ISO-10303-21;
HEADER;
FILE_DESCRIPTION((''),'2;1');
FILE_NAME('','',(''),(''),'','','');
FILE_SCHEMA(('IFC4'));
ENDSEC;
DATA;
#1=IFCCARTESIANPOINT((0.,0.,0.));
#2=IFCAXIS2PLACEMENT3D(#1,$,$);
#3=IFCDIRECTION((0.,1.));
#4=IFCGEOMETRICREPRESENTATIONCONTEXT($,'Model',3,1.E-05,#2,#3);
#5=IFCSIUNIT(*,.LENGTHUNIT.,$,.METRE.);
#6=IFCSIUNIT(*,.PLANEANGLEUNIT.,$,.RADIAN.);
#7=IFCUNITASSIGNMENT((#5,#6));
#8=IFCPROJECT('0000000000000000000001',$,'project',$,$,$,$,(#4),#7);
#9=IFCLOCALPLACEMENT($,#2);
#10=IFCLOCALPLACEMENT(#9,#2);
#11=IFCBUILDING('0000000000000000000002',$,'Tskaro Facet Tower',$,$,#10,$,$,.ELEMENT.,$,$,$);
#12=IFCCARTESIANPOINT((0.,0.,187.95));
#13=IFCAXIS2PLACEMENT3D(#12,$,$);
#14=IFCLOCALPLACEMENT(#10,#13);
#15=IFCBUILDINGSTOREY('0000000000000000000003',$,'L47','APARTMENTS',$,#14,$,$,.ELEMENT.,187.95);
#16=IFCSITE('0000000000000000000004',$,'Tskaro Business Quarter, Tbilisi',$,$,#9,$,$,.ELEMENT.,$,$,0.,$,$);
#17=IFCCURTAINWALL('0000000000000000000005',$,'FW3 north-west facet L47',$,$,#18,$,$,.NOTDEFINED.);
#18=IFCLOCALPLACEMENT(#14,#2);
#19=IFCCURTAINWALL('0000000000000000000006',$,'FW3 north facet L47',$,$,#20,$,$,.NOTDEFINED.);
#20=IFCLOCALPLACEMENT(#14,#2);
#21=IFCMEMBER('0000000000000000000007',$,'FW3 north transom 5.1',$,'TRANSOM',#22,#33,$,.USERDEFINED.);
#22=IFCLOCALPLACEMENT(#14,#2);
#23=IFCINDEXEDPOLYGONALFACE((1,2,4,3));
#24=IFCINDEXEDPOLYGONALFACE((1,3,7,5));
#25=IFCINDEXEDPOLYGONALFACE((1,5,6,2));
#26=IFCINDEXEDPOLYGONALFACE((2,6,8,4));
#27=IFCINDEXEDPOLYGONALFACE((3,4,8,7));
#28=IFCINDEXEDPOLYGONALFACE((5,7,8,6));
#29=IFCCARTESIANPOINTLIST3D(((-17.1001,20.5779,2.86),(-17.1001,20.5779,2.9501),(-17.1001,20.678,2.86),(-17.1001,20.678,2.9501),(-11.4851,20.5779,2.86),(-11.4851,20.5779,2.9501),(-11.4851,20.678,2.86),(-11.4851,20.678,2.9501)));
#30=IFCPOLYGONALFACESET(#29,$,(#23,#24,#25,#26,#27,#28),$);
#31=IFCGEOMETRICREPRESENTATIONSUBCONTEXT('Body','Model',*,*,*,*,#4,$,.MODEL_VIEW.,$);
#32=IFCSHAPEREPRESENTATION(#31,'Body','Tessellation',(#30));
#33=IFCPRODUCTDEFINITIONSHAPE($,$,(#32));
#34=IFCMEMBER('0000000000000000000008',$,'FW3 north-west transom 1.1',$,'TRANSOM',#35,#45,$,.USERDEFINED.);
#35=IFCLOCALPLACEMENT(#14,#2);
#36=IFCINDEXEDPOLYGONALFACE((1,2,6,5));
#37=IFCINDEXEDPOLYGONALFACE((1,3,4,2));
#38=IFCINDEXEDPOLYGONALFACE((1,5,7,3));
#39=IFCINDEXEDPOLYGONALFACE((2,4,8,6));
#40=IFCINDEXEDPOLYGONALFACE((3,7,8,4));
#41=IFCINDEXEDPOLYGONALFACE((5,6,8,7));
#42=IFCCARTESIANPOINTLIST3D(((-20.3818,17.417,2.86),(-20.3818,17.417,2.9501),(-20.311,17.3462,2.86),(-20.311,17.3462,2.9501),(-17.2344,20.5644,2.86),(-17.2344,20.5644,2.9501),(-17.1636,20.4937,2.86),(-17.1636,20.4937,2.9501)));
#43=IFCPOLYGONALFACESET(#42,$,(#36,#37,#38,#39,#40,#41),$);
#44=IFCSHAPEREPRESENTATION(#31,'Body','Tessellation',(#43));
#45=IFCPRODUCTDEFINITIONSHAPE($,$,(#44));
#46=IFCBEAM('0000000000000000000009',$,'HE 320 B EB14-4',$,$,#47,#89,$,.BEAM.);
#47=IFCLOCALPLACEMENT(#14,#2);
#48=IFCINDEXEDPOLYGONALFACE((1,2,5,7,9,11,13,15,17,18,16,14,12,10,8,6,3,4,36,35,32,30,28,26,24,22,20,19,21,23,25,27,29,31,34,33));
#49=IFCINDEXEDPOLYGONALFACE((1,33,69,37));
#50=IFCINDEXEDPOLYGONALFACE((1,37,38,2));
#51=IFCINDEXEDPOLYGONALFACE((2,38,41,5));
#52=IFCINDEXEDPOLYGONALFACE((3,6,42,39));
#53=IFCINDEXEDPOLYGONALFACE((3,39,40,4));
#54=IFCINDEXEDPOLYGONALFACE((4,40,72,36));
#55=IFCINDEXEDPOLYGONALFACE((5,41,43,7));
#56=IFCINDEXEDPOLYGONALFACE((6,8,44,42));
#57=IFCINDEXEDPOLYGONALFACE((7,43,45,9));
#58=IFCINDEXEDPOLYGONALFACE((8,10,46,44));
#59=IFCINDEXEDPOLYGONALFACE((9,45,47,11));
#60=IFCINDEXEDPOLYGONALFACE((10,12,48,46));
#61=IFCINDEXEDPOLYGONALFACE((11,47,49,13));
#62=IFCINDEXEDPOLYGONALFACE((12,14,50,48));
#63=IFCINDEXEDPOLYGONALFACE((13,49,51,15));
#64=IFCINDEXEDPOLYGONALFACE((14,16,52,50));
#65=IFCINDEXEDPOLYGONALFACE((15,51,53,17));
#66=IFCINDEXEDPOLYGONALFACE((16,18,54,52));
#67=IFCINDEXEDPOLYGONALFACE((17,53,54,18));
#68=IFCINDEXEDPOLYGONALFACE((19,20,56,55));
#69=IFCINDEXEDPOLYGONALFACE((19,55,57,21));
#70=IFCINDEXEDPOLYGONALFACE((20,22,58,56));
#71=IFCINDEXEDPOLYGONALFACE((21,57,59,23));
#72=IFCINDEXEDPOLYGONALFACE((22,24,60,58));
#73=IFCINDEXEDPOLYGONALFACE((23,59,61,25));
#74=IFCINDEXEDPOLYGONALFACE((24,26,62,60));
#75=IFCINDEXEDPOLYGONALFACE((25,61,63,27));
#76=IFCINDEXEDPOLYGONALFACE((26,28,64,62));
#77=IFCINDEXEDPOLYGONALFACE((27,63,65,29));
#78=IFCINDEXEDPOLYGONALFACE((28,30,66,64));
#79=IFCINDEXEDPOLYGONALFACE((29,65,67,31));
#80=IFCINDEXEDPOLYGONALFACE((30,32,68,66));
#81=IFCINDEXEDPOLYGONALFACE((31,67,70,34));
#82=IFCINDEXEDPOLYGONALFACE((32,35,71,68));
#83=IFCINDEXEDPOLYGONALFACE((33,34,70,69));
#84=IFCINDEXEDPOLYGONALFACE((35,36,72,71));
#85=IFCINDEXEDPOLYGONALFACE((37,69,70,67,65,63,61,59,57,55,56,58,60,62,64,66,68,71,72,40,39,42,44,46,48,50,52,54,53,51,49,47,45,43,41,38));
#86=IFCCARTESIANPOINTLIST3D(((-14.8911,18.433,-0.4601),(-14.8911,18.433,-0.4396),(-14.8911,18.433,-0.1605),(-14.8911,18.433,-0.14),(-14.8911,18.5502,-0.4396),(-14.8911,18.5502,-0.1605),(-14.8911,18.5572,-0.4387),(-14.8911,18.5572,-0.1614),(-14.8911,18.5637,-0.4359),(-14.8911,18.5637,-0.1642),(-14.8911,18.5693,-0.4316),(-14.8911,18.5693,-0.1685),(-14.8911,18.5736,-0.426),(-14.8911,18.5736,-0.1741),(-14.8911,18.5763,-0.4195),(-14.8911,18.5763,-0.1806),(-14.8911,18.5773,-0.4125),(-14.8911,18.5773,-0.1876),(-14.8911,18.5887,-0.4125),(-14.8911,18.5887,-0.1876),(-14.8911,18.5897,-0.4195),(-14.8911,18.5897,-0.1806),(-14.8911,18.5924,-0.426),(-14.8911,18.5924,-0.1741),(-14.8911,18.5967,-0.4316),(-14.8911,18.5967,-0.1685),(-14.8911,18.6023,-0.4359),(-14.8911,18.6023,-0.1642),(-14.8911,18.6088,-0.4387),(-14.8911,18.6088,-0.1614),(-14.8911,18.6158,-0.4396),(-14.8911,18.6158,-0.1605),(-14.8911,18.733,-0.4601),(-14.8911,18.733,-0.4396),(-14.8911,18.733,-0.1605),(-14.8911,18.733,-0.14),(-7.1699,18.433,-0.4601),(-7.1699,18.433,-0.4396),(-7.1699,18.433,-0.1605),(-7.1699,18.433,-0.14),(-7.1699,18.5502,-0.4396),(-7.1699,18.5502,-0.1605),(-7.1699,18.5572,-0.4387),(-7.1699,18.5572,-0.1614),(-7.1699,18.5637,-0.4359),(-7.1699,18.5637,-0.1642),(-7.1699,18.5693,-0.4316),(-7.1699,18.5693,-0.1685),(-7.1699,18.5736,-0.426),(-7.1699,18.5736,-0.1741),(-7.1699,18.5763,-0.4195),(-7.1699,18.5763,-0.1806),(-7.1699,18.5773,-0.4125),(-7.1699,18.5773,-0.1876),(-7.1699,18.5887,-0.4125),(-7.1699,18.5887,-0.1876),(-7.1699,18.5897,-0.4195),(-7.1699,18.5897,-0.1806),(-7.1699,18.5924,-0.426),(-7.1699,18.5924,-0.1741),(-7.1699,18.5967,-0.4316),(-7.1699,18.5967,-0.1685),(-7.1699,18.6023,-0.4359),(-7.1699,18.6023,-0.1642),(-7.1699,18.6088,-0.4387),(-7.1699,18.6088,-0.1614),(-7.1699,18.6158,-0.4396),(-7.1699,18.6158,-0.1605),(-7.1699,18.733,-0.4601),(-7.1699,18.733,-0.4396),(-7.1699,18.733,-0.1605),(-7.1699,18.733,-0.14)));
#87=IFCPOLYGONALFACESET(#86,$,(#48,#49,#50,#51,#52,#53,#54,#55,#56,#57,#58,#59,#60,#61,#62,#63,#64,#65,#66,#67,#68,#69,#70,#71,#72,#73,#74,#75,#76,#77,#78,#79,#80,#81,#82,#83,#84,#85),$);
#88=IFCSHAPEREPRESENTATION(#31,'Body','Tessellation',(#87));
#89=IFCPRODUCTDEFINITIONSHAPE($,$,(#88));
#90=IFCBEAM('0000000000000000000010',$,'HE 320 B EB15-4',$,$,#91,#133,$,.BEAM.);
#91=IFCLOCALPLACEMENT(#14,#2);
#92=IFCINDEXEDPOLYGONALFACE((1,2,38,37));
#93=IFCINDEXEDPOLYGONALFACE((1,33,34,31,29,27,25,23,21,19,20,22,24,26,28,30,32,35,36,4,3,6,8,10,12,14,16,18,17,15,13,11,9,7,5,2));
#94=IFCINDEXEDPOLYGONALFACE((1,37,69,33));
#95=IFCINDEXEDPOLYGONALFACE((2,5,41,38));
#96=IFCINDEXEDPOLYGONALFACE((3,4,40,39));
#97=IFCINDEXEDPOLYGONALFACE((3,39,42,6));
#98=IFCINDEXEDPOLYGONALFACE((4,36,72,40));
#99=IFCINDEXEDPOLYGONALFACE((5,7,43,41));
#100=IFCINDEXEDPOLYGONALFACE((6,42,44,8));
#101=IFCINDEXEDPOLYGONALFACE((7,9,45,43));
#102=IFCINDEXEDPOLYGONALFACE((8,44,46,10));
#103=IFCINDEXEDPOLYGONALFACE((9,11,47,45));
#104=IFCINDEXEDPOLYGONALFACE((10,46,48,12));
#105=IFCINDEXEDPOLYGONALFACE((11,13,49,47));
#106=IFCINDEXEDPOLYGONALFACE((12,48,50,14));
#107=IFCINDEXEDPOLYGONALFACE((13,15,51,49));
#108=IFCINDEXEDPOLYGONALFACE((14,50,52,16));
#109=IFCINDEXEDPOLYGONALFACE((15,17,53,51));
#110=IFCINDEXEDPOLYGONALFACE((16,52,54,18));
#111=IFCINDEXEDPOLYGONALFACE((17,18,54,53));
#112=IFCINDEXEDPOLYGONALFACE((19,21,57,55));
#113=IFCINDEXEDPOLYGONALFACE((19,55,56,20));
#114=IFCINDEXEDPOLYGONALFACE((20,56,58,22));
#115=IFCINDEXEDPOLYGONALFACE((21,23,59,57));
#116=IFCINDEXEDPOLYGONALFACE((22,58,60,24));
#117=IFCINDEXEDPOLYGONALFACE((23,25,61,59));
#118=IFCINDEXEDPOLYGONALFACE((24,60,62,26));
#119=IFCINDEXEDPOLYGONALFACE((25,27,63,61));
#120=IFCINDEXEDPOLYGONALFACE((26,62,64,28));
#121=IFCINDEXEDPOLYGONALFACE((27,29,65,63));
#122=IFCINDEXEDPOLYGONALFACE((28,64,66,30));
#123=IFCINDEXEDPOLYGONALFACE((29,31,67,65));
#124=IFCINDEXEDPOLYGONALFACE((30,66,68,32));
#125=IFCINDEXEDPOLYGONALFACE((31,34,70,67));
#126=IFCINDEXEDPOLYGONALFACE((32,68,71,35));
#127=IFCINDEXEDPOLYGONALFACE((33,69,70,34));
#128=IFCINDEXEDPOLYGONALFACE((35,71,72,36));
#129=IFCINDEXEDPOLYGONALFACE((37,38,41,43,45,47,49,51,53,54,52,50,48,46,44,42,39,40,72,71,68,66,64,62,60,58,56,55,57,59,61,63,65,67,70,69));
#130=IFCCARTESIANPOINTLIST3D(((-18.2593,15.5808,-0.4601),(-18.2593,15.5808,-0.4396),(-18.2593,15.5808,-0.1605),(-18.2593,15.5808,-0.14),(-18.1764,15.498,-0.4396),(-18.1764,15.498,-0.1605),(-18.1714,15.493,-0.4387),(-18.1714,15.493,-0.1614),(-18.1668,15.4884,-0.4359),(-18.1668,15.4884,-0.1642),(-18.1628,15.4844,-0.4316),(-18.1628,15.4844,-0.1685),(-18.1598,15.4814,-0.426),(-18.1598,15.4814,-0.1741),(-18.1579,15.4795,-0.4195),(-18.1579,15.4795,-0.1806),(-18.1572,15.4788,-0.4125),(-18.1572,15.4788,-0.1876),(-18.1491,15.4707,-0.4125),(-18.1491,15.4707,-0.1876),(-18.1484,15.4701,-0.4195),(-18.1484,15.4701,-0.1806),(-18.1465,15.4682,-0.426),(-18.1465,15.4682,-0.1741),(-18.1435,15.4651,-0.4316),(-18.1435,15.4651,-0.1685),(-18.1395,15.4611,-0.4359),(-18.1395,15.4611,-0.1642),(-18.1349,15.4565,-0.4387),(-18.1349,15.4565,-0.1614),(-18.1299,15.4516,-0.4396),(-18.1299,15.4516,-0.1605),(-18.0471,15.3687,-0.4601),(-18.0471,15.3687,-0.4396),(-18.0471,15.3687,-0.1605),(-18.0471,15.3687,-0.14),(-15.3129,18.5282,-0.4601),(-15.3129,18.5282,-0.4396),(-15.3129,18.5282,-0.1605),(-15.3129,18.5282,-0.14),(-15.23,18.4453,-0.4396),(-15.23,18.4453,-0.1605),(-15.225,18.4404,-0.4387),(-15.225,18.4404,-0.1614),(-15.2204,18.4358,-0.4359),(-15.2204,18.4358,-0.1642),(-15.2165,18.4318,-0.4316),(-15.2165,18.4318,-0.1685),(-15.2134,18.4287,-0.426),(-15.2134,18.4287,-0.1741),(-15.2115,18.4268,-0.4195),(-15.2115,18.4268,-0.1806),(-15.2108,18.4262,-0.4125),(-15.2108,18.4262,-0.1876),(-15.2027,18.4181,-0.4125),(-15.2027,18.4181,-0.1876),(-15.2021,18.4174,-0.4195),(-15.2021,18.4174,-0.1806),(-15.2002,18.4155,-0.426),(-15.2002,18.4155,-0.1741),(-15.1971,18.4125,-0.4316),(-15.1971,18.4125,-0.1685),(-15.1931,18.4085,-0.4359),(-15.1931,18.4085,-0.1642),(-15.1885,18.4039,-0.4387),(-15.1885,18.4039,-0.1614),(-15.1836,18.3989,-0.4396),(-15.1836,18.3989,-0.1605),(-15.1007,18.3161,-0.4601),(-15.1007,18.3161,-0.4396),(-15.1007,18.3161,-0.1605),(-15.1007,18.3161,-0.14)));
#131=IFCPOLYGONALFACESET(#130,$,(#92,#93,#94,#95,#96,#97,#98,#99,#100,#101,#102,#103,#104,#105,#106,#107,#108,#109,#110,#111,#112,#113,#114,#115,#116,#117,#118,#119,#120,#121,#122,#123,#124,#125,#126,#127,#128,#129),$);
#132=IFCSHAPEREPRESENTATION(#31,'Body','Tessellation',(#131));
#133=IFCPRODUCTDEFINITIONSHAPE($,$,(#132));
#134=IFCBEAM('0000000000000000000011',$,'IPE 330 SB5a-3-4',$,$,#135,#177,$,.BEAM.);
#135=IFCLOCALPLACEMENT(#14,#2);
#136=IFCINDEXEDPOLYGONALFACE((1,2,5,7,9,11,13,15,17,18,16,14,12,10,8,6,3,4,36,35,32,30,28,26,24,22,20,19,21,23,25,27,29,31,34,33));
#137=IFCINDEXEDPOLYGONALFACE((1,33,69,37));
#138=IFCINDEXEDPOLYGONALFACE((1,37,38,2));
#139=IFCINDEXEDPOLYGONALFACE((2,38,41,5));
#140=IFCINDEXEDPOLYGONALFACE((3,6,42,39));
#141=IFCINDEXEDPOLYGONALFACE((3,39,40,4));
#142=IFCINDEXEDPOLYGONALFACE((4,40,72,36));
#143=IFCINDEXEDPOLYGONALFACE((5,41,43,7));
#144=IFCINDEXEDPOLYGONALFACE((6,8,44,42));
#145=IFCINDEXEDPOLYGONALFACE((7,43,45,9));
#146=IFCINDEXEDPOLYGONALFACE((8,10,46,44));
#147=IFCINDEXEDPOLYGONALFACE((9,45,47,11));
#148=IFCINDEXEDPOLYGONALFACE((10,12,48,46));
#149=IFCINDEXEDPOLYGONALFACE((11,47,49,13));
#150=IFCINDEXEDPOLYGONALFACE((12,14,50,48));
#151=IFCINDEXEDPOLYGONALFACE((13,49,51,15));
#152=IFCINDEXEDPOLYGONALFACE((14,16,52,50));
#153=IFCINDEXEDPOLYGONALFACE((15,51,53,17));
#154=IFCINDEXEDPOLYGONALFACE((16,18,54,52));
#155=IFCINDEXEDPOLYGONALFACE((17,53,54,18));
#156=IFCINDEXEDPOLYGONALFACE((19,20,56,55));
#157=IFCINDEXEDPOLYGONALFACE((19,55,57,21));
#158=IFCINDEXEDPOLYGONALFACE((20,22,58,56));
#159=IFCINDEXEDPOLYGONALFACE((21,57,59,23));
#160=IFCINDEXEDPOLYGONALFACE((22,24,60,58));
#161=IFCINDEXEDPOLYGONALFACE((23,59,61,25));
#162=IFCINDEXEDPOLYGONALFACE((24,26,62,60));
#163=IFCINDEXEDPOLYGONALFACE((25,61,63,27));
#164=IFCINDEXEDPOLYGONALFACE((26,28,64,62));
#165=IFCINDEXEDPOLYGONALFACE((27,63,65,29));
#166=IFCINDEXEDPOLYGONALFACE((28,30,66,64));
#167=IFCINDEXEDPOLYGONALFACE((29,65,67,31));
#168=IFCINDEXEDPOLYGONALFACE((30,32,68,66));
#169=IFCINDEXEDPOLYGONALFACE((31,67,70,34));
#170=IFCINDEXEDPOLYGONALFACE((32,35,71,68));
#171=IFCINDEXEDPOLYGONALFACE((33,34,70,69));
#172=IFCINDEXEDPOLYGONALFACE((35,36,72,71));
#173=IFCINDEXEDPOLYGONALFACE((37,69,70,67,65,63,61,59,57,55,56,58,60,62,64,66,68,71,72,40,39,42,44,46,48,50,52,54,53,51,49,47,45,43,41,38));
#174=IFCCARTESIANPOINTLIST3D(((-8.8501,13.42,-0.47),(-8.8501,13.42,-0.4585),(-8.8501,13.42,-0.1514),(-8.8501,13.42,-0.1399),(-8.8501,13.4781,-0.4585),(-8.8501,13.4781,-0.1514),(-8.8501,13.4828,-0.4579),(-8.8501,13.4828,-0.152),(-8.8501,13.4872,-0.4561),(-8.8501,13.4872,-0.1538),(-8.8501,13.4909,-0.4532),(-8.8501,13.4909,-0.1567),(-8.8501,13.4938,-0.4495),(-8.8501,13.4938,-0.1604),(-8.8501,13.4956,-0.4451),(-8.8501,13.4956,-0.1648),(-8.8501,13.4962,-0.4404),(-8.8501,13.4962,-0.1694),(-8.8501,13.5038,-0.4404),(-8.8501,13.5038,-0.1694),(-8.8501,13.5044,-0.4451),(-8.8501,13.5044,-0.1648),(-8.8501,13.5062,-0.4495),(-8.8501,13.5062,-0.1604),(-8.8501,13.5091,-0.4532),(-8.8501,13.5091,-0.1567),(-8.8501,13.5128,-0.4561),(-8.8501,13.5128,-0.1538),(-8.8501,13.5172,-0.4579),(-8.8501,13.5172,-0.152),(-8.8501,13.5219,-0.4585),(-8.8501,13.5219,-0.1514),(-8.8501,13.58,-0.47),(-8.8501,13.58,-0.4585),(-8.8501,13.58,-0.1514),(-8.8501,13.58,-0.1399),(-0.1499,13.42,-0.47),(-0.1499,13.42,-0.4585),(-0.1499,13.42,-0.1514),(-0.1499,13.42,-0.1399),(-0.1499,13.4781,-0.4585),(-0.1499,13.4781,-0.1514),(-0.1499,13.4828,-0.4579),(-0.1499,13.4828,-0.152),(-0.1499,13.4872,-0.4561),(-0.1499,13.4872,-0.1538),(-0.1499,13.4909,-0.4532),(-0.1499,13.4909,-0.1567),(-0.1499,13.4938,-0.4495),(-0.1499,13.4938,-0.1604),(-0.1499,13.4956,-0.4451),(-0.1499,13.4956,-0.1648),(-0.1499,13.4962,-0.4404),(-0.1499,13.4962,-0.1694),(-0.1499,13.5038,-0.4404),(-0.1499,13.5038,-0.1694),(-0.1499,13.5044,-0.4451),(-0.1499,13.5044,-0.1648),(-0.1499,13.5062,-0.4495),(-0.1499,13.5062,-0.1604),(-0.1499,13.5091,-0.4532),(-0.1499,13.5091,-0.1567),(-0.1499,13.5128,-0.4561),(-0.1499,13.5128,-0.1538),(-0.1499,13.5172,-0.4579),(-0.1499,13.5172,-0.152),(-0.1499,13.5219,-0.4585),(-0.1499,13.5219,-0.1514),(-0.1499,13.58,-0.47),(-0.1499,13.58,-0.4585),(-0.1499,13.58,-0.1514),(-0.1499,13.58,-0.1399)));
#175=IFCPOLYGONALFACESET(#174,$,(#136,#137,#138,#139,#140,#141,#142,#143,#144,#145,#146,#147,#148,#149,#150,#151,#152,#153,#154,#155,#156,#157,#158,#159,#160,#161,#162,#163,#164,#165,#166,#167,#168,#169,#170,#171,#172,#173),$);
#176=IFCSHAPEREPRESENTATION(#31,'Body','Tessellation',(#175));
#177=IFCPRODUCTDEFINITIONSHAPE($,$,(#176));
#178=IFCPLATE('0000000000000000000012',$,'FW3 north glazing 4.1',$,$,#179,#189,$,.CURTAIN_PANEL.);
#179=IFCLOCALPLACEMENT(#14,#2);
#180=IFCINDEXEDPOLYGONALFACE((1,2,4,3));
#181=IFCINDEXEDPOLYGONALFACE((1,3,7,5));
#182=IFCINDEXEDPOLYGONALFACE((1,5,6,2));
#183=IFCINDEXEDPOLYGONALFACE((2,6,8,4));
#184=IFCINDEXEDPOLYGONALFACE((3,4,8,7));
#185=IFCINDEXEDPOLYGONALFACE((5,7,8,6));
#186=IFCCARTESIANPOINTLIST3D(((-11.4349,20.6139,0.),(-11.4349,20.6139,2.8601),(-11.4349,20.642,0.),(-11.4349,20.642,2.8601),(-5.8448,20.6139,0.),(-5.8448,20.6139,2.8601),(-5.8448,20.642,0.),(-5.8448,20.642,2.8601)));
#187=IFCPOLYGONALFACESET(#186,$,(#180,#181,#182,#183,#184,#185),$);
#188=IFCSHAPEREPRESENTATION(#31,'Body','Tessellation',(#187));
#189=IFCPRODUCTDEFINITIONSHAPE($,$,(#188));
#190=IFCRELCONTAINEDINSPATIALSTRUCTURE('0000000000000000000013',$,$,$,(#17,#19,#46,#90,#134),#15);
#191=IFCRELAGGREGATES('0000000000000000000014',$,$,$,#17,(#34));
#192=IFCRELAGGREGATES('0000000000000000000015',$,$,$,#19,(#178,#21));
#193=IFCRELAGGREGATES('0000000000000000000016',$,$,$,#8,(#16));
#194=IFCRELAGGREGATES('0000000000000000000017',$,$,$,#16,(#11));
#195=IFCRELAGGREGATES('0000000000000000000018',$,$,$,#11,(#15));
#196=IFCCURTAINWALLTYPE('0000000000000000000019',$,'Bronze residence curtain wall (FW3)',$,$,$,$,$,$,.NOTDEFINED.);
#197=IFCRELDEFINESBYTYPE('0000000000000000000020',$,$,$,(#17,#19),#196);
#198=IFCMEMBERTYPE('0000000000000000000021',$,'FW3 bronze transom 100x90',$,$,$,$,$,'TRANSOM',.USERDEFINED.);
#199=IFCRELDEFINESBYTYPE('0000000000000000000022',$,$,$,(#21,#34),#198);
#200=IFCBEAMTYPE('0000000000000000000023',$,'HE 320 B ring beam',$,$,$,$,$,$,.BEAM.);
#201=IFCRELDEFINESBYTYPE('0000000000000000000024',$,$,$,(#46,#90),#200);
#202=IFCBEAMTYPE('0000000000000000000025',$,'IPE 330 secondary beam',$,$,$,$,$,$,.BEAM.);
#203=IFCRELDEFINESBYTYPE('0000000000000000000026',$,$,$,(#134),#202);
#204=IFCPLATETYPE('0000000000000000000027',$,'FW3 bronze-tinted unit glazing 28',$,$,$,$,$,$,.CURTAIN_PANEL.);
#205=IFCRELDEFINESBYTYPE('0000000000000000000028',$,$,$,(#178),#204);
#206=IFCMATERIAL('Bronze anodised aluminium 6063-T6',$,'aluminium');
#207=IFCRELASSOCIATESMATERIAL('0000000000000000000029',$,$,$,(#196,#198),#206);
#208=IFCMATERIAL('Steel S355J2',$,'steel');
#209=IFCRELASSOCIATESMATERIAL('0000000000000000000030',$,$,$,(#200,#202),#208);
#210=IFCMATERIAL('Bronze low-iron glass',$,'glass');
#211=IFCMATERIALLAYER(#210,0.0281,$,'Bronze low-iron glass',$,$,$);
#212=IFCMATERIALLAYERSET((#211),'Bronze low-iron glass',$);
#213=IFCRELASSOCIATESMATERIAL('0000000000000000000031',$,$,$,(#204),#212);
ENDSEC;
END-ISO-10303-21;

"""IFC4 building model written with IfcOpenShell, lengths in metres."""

from ifc_helpers import new_model, si_unit, direction, frame, origin, origin_2d, place, context, subcontext, project, spatial, rectangle, i_section, extrude, material, layer, layer_set, material_profile, profile_set, type_object, element, aggregate, save


model = new_model("IFC4")

# Units and contexts
model_context = context("Model", 3, precision=1e-05, world=origin(), true_north=direction((0.0, 1.0)))
body_context = subcontext(model_context, "Body", "Model", "MODEL_VIEW")
ifc_project = project(units=[si_unit("LENGTHUNIT", "METRE"), si_unit("PLANEANGLEUNIT", "RADIAN")], contexts=[model_context])

# Site, building, storey
site_placement = place(None, origin())
site = spatial("IfcSite", under=ifc_project, at=site_placement, Name="Tskaro Business Quarter, Tbilisi", CompositionType="ELEMENT", RefElevation=0.0)
building_placement = place(site_placement, origin())
building = spatial("IfcBuilding", under=site, at=building_placement, Name="Tskaro Facet Tower", CompositionType="ELEMENT")
storey_placement = place(building_placement, frame((0.0, 0.0, 187.95)))
storey = spatial("IfcBuildingStorey", under=building, at=storey_placement, Name="L47", Description="APARTMENTS", CompositionType="ELEMENT", Elevation=187.95)

# Curtain wall
ifc_material_1 = material(Name="Bronze anodised aluminium 6063-T6", Category="aluminium")
curtain_wall_type = type_object("IfcCurtainWallType", Name="Bronze residence curtain wall (FW3)", PredefinedType="NOTDEFINED", material=ifc_material_1)
curtain_wall_1_placement = place(storey_placement, origin())
curtain_wall_1 = element("IfcCurtainWall", 1, at=curtain_wall_1_placement, inside=storey, type_object=curtain_wall_type, Name="FW3 north-west facet L47", PredefinedType="NOTDEFINED")

# Curtain wall, member
curtain_wall_2_placement = place(storey_placement, origin())
curtain_wall_2 = element("IfcCurtainWall", 2, at=curtain_wall_2_placement, inside=storey, type_object=curtain_wall_type, Name="FW3 north facet L47", PredefinedType="NOTDEFINED")
ifc_material_profile_1 = material_profile(ifc_material_1, rectangle(XDim=0.1001, YDim=0.0901, at=origin_2d()), Name="Transom 100x90")
ifc_profile_set_1 = profile_set([ifc_material_profile_1], Name="Bronze anodised aluminium 6063-T6")
member_type_1 = type_object("IfcMemberType", Name="FW3 bronze transom 100x90", ElementType="TRANSOM", PredefinedType="USERDEFINED", material=ifc_profile_set_1)
member_1_placement = place(storey_placement, frame((-11.4851, 20.6279, 2.905), z_axis=(-1.0, 0.0, 0.0), x_axis=(0.0, -1.0, 0.0)))
member_1 = element("IfcMember", 3, at=member_1_placement, type_object=member_type_1, Name="FW3 north transom 5.1", ObjectType="TRANSOM", PredefinedType="USERDEFINED", context=body_context, shape_type="SweptSolid", body=[
    extrude(rectangle(XDim=0.1001, YDim=0.0901, at=origin_2d()), origin(), (0.0, 0.0, 1.0), 5.615),
])

# Member
member_2_placement = place(storey_placement, frame((-17.199, 20.5291, 2.905), z_axis=(-0.707107, -0.707107, 0.0), x_axis=(0.707107, -0.707107, 0.0)))
member_2 = element("IfcMember", 4, at=member_2_placement, type_object=member_type_1, Name="FW3 north-west transom 1.1", ObjectType="TRANSOM", PredefinedType="USERDEFINED", context=body_context, shape_type="SweptSolid", body=[
    extrude(rectangle(XDim=0.1001, YDim=0.0901, at=origin_2d()), origin(), (0.0, 0.0, 1.0), 4.4512),
])
aggregate(curtain_wall_1, [member_2])

# Beams
ifc_material_2 = material(Name="Steel S355J2", Category="steel")
ifc_material_profile_2 = material_profile(ifc_material_2, i_section(OverallWidth=0.3, OverallDepth=0.3201, WebThickness=0.0115, FlangeThickness=0.0205, FilletRadius=0.0271, at=origin_2d()), Name="HE 320 B")
ifc_profile_set_2 = profile_set([ifc_material_profile_2], Name="Steel S355J2")
beam_type_1 = type_object("IfcBeamType", Name="HE 320 B ring beam", PredefinedType="BEAM", material=ifc_profile_set_2)
beam_1_placement = place(storey_placement, frame((-7.1699, 18.583, -0.3), z_axis=(-1.0, 0.0, 0.0), x_axis=(0.0, -1.0, 0.0)))
element("IfcBeam", 5, at=beam_1_placement, inside=storey, type_object=beam_type_1, Name="HE 320 B EB14-4", PredefinedType="BEAM", context=body_context, shape_type="SweptSolid", body=[
    extrude(i_section(OverallWidth=0.3, OverallDepth=0.3201, WebThickness=0.0115, FlangeThickness=0.0205, FilletRadius=0.0271, at=origin_2d()), origin(), (0.0, 0.0, 1.0), 7.7212),
])
beam_2_placement = place(storey_placement, frame((-15.2068, 18.4221, -0.3), z_axis=(-0.70699, -0.707224, 0.0), x_axis=(0.707224, -0.70699, 0.0)))
element("IfcBeam", 6, at=beam_2_placement, inside=storey, type_object=beam_type_1, Name="HE 320 B EB15-4", PredefinedType="BEAM", context=body_context, shape_type="SweptSolid", body=[
    extrude(i_section(OverallWidth=0.3, OverallDepth=0.3201, WebThickness=0.0115, FlangeThickness=0.0205, FilletRadius=0.0271, at=origin_2d()), origin(), (0.0, 0.0, 1.0), 4.1675),
])
ifc_material_profile_3 = material_profile(ifc_material_2, i_section(OverallWidth=0.1599, OverallDepth=0.3301, WebThickness=0.0076, FlangeThickness=0.0115, FilletRadius=0.0181, at=origin_2d()), Name="IPE 330")
ifc_profile_set_3 = profile_set([ifc_material_profile_3], Name="Steel S355J2")
beam_type_2 = type_object("IfcBeamType", Name="IPE 330 secondary beam", PredefinedType="BEAM", material=ifc_profile_set_3)
beam_3_placement = place(storey_placement, frame((-8.8501, 13.5, -0.3049), z_axis=(1.0, 0.0, 0.0), x_axis=(0.0, 1.0, 0.0)))
element("IfcBeam", 7, at=beam_3_placement, inside=storey, type_object=beam_type_2, Name="IPE 330 SB5a-3-4", PredefinedType="BEAM", context=body_context, shape_type="SweptSolid", body=[
    extrude(i_section(OverallWidth=0.1599, OverallDepth=0.3301, WebThickness=0.0076, FlangeThickness=0.0115, FilletRadius=0.0181, at=origin_2d()), origin(), (0.0, 0.0, 1.0), 8.7002),
])

# Plate
ifc_material_3 = material(Name="Bronze low-iron glass", Category="glass")
ifc_layer_1 = layer(ifc_material_3, 0.0281, Name="Bronze low-iron glass")
ifc_layer_set_1 = layer_set([ifc_layer_1], Name="Bronze low-iron glass")
plate_type = type_object("IfcPlateType", Name="FW3 bronze-tinted unit glazing 28", PredefinedType="CURTAIN_PANEL", material=ifc_layer_set_1)
plate_1_placement = place(storey_placement, frame((-8.6399, 20.6279, 0.0), z_axis=(0.0, 0.0, 1.0), x_axis=(-1.0, 0.0, 0.0)))
plate_1 = element("IfcPlate", 8, at=plate_1_placement, type_object=plate_type, Name="FW3 north glazing 4.1", PredefinedType="CURTAIN_PANEL", context=body_context, shape_type="SweptSolid", body=[
    extrude(rectangle(XDim=5.5901, YDim=0.0281, at=origin_2d()), origin(), (0.0, 0.0, 1.0), 2.8601),
])
aggregate(curtain_wall_2, [plate_1, member_1])

save(model, "model.ifc")
